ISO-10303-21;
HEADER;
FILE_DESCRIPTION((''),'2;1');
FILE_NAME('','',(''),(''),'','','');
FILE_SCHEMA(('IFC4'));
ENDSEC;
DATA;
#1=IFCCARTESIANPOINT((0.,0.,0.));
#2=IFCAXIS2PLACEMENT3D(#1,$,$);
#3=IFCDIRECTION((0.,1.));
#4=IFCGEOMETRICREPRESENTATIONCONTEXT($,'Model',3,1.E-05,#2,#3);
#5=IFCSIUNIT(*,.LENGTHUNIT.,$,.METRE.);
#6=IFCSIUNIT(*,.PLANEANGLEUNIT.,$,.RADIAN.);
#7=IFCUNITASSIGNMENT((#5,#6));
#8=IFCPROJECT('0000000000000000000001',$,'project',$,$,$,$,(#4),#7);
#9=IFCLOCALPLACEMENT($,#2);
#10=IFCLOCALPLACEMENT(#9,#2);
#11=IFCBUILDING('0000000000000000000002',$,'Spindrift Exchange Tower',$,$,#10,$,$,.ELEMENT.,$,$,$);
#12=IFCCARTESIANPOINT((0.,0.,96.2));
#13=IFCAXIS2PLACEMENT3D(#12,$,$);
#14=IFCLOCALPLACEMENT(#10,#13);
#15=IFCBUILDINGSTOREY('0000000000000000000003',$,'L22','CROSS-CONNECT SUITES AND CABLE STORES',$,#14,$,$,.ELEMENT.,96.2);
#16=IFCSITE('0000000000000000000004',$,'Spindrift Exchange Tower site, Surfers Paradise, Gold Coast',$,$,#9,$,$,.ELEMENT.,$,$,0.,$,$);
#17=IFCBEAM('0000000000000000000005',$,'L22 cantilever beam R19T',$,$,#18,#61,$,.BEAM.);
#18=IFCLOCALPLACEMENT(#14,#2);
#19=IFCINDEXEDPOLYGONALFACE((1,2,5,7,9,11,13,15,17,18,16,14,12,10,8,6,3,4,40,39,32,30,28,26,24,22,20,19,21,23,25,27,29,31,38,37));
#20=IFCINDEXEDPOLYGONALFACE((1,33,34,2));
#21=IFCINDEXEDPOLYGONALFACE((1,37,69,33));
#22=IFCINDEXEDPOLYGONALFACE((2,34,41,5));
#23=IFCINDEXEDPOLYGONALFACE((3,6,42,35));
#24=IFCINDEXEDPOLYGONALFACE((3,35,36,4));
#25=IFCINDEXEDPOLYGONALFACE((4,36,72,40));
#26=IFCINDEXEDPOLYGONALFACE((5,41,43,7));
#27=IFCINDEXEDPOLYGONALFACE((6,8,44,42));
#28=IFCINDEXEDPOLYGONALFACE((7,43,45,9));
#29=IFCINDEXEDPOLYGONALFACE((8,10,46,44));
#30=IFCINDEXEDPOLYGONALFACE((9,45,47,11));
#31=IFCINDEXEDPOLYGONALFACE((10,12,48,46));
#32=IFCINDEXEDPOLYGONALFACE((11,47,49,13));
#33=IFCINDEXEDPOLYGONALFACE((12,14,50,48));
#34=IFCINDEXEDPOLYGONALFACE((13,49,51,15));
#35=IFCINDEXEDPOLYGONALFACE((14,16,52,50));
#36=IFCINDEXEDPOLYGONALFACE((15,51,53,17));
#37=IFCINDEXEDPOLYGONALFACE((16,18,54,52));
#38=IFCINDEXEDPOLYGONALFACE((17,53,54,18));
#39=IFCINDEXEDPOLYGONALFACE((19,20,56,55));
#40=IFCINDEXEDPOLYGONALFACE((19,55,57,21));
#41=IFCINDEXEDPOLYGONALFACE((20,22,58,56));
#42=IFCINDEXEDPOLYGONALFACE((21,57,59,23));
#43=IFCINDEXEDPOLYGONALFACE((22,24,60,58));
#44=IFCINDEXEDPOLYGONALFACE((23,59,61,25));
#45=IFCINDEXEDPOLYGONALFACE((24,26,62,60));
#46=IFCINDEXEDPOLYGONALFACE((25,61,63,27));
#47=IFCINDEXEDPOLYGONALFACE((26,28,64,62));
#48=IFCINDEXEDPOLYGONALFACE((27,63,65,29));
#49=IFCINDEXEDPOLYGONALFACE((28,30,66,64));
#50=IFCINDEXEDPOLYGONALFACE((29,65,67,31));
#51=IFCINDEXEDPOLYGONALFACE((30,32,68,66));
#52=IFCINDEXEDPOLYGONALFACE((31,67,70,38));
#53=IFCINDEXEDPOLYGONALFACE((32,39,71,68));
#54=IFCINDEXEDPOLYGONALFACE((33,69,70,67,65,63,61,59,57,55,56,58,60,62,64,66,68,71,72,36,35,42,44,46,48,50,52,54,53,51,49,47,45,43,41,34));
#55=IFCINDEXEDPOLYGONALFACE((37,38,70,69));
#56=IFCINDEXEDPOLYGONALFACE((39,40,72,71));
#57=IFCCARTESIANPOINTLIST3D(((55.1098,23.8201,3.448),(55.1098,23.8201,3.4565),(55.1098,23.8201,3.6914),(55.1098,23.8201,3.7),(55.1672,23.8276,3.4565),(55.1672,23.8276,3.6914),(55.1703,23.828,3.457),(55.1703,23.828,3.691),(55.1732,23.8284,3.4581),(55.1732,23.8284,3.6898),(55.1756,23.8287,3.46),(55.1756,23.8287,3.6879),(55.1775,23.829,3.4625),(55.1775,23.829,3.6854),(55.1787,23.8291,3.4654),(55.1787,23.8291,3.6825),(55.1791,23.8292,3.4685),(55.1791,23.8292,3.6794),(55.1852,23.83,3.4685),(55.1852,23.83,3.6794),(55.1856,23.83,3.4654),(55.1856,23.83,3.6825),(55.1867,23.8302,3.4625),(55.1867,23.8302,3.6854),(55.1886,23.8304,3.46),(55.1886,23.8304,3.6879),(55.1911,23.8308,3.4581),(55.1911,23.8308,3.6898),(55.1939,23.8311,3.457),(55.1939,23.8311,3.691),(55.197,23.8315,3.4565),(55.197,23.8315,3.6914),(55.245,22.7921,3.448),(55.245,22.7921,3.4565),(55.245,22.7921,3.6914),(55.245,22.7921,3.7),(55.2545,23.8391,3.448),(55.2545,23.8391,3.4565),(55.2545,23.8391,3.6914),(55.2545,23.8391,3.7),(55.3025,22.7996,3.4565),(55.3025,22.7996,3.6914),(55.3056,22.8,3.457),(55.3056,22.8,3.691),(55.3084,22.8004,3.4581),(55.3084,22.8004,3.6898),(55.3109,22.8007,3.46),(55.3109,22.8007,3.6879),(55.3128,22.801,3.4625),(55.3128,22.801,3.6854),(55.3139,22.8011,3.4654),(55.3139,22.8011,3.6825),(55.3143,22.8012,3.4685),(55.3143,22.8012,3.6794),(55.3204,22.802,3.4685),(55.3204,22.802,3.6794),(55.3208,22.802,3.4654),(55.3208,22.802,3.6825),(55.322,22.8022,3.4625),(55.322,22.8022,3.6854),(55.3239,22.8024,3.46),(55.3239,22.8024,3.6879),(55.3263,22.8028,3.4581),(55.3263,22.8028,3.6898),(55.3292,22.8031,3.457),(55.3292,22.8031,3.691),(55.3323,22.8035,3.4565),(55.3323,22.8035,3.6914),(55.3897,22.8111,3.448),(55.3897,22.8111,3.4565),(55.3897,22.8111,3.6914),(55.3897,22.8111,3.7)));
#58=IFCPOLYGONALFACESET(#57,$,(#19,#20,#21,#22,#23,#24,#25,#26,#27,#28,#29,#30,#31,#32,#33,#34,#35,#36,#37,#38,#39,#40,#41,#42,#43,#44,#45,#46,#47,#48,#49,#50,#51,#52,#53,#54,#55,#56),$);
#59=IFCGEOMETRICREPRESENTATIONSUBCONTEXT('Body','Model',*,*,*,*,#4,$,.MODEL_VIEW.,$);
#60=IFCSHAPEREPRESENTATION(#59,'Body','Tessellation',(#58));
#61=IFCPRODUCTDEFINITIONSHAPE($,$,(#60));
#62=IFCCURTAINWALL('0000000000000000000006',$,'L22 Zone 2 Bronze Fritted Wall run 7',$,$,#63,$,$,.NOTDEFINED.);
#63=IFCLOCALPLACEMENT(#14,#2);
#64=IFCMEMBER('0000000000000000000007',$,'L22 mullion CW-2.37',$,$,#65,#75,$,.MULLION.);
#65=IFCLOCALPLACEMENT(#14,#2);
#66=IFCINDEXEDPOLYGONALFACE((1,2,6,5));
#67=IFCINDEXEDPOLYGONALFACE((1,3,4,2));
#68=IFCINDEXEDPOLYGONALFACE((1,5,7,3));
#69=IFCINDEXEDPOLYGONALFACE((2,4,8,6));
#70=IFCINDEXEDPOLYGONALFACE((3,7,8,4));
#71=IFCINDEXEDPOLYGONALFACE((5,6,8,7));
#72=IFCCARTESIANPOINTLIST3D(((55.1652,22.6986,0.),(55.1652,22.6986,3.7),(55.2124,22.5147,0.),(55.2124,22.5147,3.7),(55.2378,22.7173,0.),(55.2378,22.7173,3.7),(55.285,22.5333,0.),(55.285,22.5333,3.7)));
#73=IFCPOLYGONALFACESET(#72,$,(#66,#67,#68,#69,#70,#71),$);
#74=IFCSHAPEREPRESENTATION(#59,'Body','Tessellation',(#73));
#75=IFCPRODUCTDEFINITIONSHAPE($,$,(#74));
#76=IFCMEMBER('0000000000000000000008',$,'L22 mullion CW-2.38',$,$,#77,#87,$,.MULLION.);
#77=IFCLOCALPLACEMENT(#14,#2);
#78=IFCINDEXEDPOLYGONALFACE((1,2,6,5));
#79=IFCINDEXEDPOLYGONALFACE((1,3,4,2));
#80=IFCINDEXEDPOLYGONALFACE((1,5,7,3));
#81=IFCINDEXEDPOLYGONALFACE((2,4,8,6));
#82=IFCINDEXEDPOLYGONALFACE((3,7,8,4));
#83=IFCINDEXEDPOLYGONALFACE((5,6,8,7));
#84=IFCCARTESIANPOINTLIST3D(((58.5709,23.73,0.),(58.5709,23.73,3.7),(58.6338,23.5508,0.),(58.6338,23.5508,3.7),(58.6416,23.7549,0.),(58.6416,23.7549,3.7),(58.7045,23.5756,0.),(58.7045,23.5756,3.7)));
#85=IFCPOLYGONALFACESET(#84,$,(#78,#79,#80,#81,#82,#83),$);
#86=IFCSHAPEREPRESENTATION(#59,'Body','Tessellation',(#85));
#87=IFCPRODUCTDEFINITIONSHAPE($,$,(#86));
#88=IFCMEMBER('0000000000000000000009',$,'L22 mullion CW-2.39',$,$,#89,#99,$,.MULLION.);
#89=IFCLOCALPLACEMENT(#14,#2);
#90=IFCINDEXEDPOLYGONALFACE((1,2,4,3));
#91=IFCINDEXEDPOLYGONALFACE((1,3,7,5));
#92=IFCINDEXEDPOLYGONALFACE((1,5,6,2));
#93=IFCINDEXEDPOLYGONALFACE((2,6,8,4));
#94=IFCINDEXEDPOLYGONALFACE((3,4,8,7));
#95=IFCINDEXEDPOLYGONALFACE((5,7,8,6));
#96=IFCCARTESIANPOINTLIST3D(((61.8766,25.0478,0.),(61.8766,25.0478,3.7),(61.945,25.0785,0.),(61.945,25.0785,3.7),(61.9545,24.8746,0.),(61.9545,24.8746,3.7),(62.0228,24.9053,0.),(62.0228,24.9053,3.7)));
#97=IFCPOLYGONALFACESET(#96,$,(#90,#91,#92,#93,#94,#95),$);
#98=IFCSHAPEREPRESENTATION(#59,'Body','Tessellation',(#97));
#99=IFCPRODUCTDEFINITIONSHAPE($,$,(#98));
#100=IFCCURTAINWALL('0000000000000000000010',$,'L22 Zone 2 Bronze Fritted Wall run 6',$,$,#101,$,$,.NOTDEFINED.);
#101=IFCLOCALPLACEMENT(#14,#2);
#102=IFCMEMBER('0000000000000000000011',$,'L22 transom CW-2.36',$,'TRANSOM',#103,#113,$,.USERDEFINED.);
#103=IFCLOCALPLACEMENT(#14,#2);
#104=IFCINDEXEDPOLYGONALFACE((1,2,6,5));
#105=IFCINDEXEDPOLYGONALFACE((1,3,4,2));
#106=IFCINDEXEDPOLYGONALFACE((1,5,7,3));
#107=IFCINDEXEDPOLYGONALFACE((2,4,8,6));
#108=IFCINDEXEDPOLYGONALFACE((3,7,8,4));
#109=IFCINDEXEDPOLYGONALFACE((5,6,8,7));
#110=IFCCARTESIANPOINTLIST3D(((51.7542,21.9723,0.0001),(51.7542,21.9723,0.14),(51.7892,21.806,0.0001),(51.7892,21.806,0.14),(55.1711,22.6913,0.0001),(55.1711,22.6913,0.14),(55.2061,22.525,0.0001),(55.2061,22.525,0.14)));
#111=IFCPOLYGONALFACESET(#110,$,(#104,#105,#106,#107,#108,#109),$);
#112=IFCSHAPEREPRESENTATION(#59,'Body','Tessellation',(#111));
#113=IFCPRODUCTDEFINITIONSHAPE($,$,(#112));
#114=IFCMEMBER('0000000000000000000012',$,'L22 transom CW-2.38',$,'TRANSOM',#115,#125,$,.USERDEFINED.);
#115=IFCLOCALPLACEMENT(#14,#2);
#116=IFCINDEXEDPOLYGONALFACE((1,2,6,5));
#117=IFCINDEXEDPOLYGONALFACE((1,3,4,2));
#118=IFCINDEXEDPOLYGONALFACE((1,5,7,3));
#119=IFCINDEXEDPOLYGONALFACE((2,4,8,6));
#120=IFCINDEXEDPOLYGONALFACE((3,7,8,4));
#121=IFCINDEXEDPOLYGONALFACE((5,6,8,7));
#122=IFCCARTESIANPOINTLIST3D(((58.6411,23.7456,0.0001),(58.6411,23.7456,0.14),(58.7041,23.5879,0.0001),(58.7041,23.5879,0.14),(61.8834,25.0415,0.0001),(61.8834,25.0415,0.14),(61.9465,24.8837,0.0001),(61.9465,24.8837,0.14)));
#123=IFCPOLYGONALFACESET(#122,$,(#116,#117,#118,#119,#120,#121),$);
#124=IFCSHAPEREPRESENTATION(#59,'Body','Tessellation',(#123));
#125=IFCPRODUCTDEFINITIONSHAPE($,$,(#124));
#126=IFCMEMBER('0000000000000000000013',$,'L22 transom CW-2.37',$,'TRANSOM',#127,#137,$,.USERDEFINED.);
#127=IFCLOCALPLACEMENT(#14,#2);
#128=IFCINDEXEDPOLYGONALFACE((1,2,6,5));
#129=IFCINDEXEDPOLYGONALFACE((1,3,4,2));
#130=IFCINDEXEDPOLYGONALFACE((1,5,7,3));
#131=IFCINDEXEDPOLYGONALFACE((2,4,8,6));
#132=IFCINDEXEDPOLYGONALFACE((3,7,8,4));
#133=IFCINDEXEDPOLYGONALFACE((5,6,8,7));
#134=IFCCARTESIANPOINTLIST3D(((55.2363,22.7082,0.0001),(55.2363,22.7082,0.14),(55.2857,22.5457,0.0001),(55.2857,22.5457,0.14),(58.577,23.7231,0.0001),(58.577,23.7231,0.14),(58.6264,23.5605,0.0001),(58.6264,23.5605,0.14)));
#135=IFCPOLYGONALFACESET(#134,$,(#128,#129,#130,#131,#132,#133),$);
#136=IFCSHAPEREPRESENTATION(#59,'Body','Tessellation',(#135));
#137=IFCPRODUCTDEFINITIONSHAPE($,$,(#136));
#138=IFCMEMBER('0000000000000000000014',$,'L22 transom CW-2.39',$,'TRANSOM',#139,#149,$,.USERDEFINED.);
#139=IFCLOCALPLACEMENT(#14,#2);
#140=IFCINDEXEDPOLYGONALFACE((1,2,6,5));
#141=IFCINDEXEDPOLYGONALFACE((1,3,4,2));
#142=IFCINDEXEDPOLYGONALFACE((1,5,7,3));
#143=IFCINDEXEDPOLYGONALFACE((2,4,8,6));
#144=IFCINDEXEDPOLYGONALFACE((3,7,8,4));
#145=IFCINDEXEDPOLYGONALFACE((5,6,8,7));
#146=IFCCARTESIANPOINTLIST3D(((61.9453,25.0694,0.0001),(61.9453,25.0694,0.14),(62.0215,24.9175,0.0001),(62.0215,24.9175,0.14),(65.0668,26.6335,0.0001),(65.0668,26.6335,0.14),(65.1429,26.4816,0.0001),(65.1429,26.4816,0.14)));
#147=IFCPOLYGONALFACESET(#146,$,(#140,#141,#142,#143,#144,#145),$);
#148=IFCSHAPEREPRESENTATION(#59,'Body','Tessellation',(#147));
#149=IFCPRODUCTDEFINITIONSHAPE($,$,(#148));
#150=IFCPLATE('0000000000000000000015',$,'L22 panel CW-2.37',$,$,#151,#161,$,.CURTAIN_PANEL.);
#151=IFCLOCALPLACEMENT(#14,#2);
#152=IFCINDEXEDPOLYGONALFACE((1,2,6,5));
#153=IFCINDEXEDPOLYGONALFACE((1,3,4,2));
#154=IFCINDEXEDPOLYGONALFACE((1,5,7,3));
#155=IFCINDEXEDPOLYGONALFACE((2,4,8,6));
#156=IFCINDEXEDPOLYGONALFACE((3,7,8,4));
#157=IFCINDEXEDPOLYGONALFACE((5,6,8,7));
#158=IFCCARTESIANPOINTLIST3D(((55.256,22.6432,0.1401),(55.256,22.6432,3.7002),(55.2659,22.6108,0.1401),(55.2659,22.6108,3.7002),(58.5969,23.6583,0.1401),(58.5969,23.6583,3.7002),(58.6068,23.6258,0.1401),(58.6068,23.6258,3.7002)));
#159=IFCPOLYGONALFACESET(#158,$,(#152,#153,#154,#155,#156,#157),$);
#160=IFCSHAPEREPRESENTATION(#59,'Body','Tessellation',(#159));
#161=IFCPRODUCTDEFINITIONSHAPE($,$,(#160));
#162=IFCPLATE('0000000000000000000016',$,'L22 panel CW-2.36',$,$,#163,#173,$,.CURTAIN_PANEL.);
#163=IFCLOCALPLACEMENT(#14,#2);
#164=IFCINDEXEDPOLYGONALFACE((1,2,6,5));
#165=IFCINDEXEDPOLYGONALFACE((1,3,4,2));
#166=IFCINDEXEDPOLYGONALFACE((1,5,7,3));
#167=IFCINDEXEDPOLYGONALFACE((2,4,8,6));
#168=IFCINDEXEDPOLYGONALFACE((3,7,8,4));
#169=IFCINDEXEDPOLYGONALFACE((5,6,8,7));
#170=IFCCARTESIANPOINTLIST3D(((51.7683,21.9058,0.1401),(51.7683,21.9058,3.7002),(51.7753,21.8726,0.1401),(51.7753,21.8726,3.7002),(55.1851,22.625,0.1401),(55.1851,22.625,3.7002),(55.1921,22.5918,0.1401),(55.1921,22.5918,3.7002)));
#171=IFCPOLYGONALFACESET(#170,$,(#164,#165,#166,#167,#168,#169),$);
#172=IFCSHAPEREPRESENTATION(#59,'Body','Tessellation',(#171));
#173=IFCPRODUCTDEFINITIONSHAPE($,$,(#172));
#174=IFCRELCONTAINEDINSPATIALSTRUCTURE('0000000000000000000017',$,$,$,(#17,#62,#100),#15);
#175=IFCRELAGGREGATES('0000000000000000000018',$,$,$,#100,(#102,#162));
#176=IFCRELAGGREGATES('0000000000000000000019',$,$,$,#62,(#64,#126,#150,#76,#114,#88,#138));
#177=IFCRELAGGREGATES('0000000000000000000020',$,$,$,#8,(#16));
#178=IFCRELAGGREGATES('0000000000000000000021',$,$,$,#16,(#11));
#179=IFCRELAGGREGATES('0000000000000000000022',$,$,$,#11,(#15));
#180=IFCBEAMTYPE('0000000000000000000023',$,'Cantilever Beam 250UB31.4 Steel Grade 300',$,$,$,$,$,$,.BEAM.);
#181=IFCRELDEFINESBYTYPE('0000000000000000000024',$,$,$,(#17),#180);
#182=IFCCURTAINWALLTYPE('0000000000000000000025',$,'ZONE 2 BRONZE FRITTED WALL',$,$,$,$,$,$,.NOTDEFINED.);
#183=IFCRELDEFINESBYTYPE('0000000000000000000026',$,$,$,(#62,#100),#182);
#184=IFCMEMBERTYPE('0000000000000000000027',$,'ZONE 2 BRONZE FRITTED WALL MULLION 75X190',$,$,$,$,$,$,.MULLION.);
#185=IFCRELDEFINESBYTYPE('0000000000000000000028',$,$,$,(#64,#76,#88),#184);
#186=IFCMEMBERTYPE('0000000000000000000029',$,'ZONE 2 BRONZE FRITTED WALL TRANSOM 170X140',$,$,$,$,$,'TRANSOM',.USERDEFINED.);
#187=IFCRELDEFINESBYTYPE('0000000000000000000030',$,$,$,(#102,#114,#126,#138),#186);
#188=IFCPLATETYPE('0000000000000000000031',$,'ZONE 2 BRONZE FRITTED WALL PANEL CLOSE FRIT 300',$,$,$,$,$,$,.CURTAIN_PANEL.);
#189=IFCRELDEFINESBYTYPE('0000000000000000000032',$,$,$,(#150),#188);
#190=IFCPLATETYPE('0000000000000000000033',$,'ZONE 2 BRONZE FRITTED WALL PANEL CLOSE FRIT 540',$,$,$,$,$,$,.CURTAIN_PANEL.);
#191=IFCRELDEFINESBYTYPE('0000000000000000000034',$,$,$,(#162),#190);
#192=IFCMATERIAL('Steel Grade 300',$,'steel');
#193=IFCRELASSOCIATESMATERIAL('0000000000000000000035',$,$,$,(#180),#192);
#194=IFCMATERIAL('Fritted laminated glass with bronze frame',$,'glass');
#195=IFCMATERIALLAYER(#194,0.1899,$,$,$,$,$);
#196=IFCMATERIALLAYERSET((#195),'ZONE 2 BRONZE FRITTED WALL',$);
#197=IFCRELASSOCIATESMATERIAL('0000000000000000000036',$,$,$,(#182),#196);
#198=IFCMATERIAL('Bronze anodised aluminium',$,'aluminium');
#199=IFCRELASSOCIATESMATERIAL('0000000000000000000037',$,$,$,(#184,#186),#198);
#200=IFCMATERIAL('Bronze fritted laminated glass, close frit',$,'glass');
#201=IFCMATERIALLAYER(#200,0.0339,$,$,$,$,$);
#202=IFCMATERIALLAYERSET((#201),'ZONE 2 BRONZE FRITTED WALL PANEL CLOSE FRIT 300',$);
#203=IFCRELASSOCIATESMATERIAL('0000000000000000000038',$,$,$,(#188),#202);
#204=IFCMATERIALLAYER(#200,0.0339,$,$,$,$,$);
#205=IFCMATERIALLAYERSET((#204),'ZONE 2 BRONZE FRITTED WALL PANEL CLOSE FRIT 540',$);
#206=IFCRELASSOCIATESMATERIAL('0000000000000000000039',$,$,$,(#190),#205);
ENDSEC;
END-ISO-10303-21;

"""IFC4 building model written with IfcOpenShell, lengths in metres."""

from ifc_helpers import new_model, si_unit, direction, frame, origin, origin_2d, place, context, subcontext, project, spatial, rectangle, i_section, extrude, source, transform, mapped, material, layer, layer_set, material_profile, profile_set, type_object, element, aggregate, save


model = new_model("IFC4")

# Units and contexts
model_context = context("Model", 3, precision=1e-05, world=origin(), true_north=direction((0.0, 1.0)))
body_context = subcontext(model_context, "Body", "Model", "MODEL_VIEW")
ifc_project = project(units=[si_unit("LENGTHUNIT", "METRE"), si_unit("PLANEANGLEUNIT", "RADIAN")], contexts=[model_context])

# Site, building, storey
site_placement = place(None, origin())
site = spatial("IfcSite", under=ifc_project, at=site_placement, Name="Spindrift Exchange Tower site, Surfers Paradise, Gold Coast", CompositionType="ELEMENT", RefElevation=0.0)
building_placement = place(site_placement, origin())
building = spatial("IfcBuilding", under=site, at=building_placement, Name="Spindrift Exchange Tower", CompositionType="ELEMENT")
storey_placement = place(building_placement, frame((0.0, 0.0, 96.2)))
storey = spatial("IfcBuildingStorey", under=building, at=storey_placement, Name="L22", Description="CROSS-CONNECT SUITES AND CABLE STORES", CompositionType="ELEMENT", Elevation=96.2)

# Beam
ifc_material_1 = material(Name="Steel Grade 300", Category="steel")
ifc_material_profile_1 = material_profile(ifc_material_1, i_section(OverallWidth=0.146, OverallDepth=0.252, WebThickness=0.0061, FlangeThickness=0.0085, FilletRadius=0.012, at=origin_2d()), Name="250UB31.4")
ifc_profile_set_1 = profile_set([ifc_material_profile_1], Name="Steel Grade 300")
beam_type_1 = type_object("IfcBeamType", Name="Cantilever Beam 250UB31.4 Steel Grade 300", PredefinedType="BEAM", material=ifc_profile_set_1)
shared_shape_1 = source(origin(), body_context, "Body", "SweptSolid", [
    extrude(i_section(OverallWidth=0.146, OverallDepth=0.252, WebThickness=0.0061, FlangeThickness=0.0085, FilletRadius=0.012, at=origin_2d()), origin(), (0.0, 0.0, 1.0), 1.0369),
])
beam_1_placement = place(storey_placement, frame((55.1821, 23.8296, 3.574), z_axis=(0.130436, -0.991457, 0.0), x_axis=(0.991457, 0.130436, 0.0)))
element("IfcBeam", 1, at=beam_1_placement, inside=storey, type_object=beam_type_1, Name="L22 cantilever beam R19T", PredefinedType="BEAM", context=body_context, shape_type="MappedRepresentation", body=[
    mapped(shared_shape_1, transform((0.0, 0.0, 0.0), scale=1.0)),
])

# Curtain wall, members
ifc_material_2 = material(Name="Fritted laminated glass with bronze frame", Category="glass")
ifc_layer_1 = layer(ifc_material_2, 0.1899)
ifc_layer_set_1 = layer_set([ifc_layer_1], Name="ZONE 2 BRONZE FRITTED WALL")
curtain_wall_type = type_object("IfcCurtainWallType", Name="ZONE 2 BRONZE FRITTED WALL", PredefinedType="NOTDEFINED", material=ifc_layer_set_1)
curtain_wall_1_placement = place(storey_placement, origin())
curtain_wall_1 = element("IfcCurtainWall", 2, at=curtain_wall_1_placement, inside=storey, type_object=curtain_wall_type, Name="L22 Zone 2 Bronze Fritted Wall run 7", PredefinedType="NOTDEFINED")
ifc_material_3 = material(Name="Bronze anodised aluminium", Category="aluminium")
ifc_material_profile_2 = material_profile(ifc_material_3, rectangle(XDim=0.075, YDim=0.1899, at=origin_2d()), Name="ZONE 2 BRONZE FRITTED WALL MULLION 75X190")
ifc_profile_set_2 = profile_set([ifc_material_profile_2], Name="Bronze anodised aluminium")
member_type_1 = type_object("IfcMemberType", Name="ZONE 2 BRONZE FRITTED WALL MULLION 75X190", PredefinedType="MULLION", material=ifc_profile_set_2)
shared_shape_2 = source(origin(), body_context, "Body", "SweptSolid", [
    extrude(rectangle(XDim=0.075, YDim=0.1899, at=origin_2d()), origin(), (0.0, 0.0, 1.0), 3.7),
])
member_1_placement = place(storey_placement, frame((55.2251, 22.616, 0.0), z_axis=(0.0, 0.0, 1.0), x_axis=(0.968614, 0.24857, 0.0)))
member_1 = element("IfcMember", 3, at=member_1_placement, type_object=member_type_1, Name="L22 mullion CW-2.37", PredefinedType="MULLION", context=body_context, shape_type="MappedRepresentation", body=[
    mapped(shared_shape_2, transform((0.0, 0.0, 0.0), scale=1.0)),
])
member_2_placement = place(storey_placement, frame((58.6377, 23.6528, 0.0), z_axis=(0.0, 0.0, 1.0), x_axis=(0.943557, 0.331211, 0.0)))
member_2 = element("IfcMember", 4, at=member_2_placement, type_object=member_type_1, Name="L22 mullion CW-2.38", PredefinedType="MULLION", context=body_context, shape_type="MappedRepresentation", body=[
    mapped(shared_shape_2, transform((0.0, 0.0, 0.0), scale=1.0)),
])
member_3_placement = place(storey_placement, frame((61.9497, 24.9766, 0.0), z_axis=(0.0, 0.0, 1.0), x_axis=(0.912116, 0.409931, 0.0)))
member_3 = element("IfcMember", 5, at=member_3_placement, type_object=member_type_1, Name="L22 mullion CW-2.39", PredefinedType="MULLION", context=body_context, shape_type="MappedRepresentation", body=[
    mapped(shared_shape_2, transform((0.0, 0.0, 0.0), scale=1.0)),
])

# Curtain wall, member
curtain_wall_2_placement = place(storey_placement, origin())
curtain_wall_2 = element("IfcCurtainWall", 6, at=curtain_wall_2_placement, inside=storey, type_object=curtain_wall_type, Name="L22 Zone 2 Bronze Fritted Wall run 6", PredefinedType="NOTDEFINED")
ifc_material_profile_3 = material_profile(ifc_material_3, rectangle(XDim=0.1699, YDim=0.1399, at=origin_2d()), Name="ZONE 2 BRONZE FRITTED WALL TRANSOM 170X140")
ifc_profile_set_3 = profile_set([ifc_material_profile_3], Name="Bronze anodised aluminium")
member_type_2 = type_object("IfcMemberType", Name="ZONE 2 BRONZE FRITTED WALL TRANSOM 170X140", ElementType="TRANSOM", PredefinedType="USERDEFINED", material=ifc_profile_set_3)
shared_shape_3 = source(origin(), body_context, "Body", "SweptSolid", [
    extrude(rectangle(XDim=0.1699, YDim=0.1399, at=origin_2d()), origin(), (0.0, 0.0, 1.0), 3.4917),
])
member_4_placement = place(storey_placement, frame((51.7717, 21.8892, 0.0701), z_axis=(0.978568, 0.205922, 0.0), x_axis=(-0.205922, 0.978568, 0.0)))
member_4 = element("IfcMember", 7, at=member_4_placement, type_object=member_type_2, Name="L22 transom CW-2.36", ObjectType="TRANSOM", PredefinedType="USERDEFINED", context=body_context, shape_type="MappedRepresentation", body=[
    mapped(shared_shape_3, transform((0.0, 0.0, 0.0), scale=1.0)),
])

# Members
member_5_placement = place(storey_placement, frame((58.6726, 23.6667, 0.0701), z_axis=(0.928583, 0.371125, 0.0), x_axis=(-0.371125, 0.928583, 0.0)))
member_5 = element("IfcMember", 8, at=member_5_placement, type_object=member_type_2, Name="L22 transom CW-2.38", ObjectType="TRANSOM", PredefinedType="USERDEFINED", context=body_context, shape_type="MappedRepresentation", body=[
    mapped(shared_shape_3, transform((0.0, 0.0, 0.0), scale=1.0)),
])
shared_shape_4 = source(origin(), body_context, "Body", "SweptSolid", [
    extrude(rectangle(XDim=0.1699, YDim=0.1399, at=origin_2d()), origin(), (0.0, 0.0, 1.0), 3.4915),
])
member_6_placement = place(storey_placement, frame((55.261, 22.627, 0.0701), z_axis=(0.956824, 0.290669, 0.0), x_axis=(-0.290669, 0.956824, 0.0)))
member_6 = element("IfcMember", 9, at=member_6_placement, type_object=member_type_2, Name="L22 transom CW-2.37", ObjectType="TRANSOM", PredefinedType="USERDEFINED", context=body_context, shape_type="MappedRepresentation", body=[
    mapped(shared_shape_4, transform((0.0, 0.0, 0.0), scale=1.0)),
])
member_7_placement = place(storey_placement, frame((61.9834, 24.9934, 0.0701), z_axis=(0.894035, 0.447997, 0.0), x_axis=(-0.447997, 0.894035, 0.0)))
member_7 = element("IfcMember", 10, at=member_7_placement, type_object=member_type_2, Name="L22 transom CW-2.39", ObjectType="TRANSOM", PredefinedType="USERDEFINED", context=body_context, shape_type="MappedRepresentation", body=[
    mapped(shared_shape_4, transform((0.0, 0.0, 0.0), scale=1.0)),
])

# Plates
ifc_material_4 = material(Name="Bronze fritted laminated glass, close frit", Category="glass")
ifc_layer_2 = layer(ifc_material_4, 0.0339)
ifc_layer_set_2 = layer_set([ifc_layer_2], Name="ZONE 2 BRONZE FRITTED WALL PANEL CLOSE FRIT 300")
plate_type_1 = type_object("IfcPlateType", Name="ZONE 2 BRONZE FRITTED WALL PANEL CLOSE FRIT 300", PredefinedType="CURTAIN_PANEL", material=ifc_layer_set_2)
shared_shape_5 = source(origin(), body_context, "Body", "SweptSolid", [
    extrude(rectangle(XDim=3.4917, YDim=0.0339, at=origin_2d()), origin(), (0.0, 0.0, 1.0), 3.5601),
])
plate_1_placement = place(storey_placement, frame((56.9314, 23.1345, 0.1401), z_axis=(0.0, 0.0, 1.0), x_axis=(0.956816, 0.290696, 0.0)))
plate_1 = element("IfcPlate", 11, at=plate_1_placement, type_object=plate_type_1, Name="L22 panel CW-2.37", PredefinedType="CURTAIN_PANEL", context=body_context, shape_type="MappedRepresentation", body=[
    mapped(shared_shape_5, transform((0.0, 0.0, 0.0), scale=1.0)),
])
ifc_layer_3 = layer(ifc_material_4, 0.0339)
ifc_layer_set_3 = layer_set([ifc_layer_3], Name="ZONE 2 BRONZE FRITTED WALL PANEL CLOSE FRIT 540")
plate_type_2 = type_object("IfcPlateType", Name="ZONE 2 BRONZE FRITTED WALL PANEL CLOSE FRIT 540", PredefinedType="CURTAIN_PANEL", material=ifc_layer_set_3)
shared_shape_6 = source(origin(), body_context, "Body", "SweptSolid", [
    extrude(rectangle(XDim=3.4917, YDim=0.0339, at=origin_2d()), origin(), (0.0, 0.0, 1.0), 3.5601),
])
plate_2_placement = place(storey_placement, frame((53.4802, 22.2488, 0.1401), z_axis=(0.0, 0.0, 1.0), x_axis=(0.978559, 0.205969, 0.0)))
plate_2 = element("IfcPlate", 12, at=plate_2_placement, type_object=plate_type_2, Name="L22 panel CW-2.36", PredefinedType="CURTAIN_PANEL", context=body_context, shape_type="MappedRepresentation", body=[
    mapped(shared_shape_6, transform((0.0, 0.0, 0.0), scale=1.0)),
])
aggregate(curtain_wall_2, [member_4, plate_2])
aggregate(curtain_wall_1, [member_1, member_6, plate_1, member_2, member_5, member_3, member_7])

save(model, "model.ifc")
